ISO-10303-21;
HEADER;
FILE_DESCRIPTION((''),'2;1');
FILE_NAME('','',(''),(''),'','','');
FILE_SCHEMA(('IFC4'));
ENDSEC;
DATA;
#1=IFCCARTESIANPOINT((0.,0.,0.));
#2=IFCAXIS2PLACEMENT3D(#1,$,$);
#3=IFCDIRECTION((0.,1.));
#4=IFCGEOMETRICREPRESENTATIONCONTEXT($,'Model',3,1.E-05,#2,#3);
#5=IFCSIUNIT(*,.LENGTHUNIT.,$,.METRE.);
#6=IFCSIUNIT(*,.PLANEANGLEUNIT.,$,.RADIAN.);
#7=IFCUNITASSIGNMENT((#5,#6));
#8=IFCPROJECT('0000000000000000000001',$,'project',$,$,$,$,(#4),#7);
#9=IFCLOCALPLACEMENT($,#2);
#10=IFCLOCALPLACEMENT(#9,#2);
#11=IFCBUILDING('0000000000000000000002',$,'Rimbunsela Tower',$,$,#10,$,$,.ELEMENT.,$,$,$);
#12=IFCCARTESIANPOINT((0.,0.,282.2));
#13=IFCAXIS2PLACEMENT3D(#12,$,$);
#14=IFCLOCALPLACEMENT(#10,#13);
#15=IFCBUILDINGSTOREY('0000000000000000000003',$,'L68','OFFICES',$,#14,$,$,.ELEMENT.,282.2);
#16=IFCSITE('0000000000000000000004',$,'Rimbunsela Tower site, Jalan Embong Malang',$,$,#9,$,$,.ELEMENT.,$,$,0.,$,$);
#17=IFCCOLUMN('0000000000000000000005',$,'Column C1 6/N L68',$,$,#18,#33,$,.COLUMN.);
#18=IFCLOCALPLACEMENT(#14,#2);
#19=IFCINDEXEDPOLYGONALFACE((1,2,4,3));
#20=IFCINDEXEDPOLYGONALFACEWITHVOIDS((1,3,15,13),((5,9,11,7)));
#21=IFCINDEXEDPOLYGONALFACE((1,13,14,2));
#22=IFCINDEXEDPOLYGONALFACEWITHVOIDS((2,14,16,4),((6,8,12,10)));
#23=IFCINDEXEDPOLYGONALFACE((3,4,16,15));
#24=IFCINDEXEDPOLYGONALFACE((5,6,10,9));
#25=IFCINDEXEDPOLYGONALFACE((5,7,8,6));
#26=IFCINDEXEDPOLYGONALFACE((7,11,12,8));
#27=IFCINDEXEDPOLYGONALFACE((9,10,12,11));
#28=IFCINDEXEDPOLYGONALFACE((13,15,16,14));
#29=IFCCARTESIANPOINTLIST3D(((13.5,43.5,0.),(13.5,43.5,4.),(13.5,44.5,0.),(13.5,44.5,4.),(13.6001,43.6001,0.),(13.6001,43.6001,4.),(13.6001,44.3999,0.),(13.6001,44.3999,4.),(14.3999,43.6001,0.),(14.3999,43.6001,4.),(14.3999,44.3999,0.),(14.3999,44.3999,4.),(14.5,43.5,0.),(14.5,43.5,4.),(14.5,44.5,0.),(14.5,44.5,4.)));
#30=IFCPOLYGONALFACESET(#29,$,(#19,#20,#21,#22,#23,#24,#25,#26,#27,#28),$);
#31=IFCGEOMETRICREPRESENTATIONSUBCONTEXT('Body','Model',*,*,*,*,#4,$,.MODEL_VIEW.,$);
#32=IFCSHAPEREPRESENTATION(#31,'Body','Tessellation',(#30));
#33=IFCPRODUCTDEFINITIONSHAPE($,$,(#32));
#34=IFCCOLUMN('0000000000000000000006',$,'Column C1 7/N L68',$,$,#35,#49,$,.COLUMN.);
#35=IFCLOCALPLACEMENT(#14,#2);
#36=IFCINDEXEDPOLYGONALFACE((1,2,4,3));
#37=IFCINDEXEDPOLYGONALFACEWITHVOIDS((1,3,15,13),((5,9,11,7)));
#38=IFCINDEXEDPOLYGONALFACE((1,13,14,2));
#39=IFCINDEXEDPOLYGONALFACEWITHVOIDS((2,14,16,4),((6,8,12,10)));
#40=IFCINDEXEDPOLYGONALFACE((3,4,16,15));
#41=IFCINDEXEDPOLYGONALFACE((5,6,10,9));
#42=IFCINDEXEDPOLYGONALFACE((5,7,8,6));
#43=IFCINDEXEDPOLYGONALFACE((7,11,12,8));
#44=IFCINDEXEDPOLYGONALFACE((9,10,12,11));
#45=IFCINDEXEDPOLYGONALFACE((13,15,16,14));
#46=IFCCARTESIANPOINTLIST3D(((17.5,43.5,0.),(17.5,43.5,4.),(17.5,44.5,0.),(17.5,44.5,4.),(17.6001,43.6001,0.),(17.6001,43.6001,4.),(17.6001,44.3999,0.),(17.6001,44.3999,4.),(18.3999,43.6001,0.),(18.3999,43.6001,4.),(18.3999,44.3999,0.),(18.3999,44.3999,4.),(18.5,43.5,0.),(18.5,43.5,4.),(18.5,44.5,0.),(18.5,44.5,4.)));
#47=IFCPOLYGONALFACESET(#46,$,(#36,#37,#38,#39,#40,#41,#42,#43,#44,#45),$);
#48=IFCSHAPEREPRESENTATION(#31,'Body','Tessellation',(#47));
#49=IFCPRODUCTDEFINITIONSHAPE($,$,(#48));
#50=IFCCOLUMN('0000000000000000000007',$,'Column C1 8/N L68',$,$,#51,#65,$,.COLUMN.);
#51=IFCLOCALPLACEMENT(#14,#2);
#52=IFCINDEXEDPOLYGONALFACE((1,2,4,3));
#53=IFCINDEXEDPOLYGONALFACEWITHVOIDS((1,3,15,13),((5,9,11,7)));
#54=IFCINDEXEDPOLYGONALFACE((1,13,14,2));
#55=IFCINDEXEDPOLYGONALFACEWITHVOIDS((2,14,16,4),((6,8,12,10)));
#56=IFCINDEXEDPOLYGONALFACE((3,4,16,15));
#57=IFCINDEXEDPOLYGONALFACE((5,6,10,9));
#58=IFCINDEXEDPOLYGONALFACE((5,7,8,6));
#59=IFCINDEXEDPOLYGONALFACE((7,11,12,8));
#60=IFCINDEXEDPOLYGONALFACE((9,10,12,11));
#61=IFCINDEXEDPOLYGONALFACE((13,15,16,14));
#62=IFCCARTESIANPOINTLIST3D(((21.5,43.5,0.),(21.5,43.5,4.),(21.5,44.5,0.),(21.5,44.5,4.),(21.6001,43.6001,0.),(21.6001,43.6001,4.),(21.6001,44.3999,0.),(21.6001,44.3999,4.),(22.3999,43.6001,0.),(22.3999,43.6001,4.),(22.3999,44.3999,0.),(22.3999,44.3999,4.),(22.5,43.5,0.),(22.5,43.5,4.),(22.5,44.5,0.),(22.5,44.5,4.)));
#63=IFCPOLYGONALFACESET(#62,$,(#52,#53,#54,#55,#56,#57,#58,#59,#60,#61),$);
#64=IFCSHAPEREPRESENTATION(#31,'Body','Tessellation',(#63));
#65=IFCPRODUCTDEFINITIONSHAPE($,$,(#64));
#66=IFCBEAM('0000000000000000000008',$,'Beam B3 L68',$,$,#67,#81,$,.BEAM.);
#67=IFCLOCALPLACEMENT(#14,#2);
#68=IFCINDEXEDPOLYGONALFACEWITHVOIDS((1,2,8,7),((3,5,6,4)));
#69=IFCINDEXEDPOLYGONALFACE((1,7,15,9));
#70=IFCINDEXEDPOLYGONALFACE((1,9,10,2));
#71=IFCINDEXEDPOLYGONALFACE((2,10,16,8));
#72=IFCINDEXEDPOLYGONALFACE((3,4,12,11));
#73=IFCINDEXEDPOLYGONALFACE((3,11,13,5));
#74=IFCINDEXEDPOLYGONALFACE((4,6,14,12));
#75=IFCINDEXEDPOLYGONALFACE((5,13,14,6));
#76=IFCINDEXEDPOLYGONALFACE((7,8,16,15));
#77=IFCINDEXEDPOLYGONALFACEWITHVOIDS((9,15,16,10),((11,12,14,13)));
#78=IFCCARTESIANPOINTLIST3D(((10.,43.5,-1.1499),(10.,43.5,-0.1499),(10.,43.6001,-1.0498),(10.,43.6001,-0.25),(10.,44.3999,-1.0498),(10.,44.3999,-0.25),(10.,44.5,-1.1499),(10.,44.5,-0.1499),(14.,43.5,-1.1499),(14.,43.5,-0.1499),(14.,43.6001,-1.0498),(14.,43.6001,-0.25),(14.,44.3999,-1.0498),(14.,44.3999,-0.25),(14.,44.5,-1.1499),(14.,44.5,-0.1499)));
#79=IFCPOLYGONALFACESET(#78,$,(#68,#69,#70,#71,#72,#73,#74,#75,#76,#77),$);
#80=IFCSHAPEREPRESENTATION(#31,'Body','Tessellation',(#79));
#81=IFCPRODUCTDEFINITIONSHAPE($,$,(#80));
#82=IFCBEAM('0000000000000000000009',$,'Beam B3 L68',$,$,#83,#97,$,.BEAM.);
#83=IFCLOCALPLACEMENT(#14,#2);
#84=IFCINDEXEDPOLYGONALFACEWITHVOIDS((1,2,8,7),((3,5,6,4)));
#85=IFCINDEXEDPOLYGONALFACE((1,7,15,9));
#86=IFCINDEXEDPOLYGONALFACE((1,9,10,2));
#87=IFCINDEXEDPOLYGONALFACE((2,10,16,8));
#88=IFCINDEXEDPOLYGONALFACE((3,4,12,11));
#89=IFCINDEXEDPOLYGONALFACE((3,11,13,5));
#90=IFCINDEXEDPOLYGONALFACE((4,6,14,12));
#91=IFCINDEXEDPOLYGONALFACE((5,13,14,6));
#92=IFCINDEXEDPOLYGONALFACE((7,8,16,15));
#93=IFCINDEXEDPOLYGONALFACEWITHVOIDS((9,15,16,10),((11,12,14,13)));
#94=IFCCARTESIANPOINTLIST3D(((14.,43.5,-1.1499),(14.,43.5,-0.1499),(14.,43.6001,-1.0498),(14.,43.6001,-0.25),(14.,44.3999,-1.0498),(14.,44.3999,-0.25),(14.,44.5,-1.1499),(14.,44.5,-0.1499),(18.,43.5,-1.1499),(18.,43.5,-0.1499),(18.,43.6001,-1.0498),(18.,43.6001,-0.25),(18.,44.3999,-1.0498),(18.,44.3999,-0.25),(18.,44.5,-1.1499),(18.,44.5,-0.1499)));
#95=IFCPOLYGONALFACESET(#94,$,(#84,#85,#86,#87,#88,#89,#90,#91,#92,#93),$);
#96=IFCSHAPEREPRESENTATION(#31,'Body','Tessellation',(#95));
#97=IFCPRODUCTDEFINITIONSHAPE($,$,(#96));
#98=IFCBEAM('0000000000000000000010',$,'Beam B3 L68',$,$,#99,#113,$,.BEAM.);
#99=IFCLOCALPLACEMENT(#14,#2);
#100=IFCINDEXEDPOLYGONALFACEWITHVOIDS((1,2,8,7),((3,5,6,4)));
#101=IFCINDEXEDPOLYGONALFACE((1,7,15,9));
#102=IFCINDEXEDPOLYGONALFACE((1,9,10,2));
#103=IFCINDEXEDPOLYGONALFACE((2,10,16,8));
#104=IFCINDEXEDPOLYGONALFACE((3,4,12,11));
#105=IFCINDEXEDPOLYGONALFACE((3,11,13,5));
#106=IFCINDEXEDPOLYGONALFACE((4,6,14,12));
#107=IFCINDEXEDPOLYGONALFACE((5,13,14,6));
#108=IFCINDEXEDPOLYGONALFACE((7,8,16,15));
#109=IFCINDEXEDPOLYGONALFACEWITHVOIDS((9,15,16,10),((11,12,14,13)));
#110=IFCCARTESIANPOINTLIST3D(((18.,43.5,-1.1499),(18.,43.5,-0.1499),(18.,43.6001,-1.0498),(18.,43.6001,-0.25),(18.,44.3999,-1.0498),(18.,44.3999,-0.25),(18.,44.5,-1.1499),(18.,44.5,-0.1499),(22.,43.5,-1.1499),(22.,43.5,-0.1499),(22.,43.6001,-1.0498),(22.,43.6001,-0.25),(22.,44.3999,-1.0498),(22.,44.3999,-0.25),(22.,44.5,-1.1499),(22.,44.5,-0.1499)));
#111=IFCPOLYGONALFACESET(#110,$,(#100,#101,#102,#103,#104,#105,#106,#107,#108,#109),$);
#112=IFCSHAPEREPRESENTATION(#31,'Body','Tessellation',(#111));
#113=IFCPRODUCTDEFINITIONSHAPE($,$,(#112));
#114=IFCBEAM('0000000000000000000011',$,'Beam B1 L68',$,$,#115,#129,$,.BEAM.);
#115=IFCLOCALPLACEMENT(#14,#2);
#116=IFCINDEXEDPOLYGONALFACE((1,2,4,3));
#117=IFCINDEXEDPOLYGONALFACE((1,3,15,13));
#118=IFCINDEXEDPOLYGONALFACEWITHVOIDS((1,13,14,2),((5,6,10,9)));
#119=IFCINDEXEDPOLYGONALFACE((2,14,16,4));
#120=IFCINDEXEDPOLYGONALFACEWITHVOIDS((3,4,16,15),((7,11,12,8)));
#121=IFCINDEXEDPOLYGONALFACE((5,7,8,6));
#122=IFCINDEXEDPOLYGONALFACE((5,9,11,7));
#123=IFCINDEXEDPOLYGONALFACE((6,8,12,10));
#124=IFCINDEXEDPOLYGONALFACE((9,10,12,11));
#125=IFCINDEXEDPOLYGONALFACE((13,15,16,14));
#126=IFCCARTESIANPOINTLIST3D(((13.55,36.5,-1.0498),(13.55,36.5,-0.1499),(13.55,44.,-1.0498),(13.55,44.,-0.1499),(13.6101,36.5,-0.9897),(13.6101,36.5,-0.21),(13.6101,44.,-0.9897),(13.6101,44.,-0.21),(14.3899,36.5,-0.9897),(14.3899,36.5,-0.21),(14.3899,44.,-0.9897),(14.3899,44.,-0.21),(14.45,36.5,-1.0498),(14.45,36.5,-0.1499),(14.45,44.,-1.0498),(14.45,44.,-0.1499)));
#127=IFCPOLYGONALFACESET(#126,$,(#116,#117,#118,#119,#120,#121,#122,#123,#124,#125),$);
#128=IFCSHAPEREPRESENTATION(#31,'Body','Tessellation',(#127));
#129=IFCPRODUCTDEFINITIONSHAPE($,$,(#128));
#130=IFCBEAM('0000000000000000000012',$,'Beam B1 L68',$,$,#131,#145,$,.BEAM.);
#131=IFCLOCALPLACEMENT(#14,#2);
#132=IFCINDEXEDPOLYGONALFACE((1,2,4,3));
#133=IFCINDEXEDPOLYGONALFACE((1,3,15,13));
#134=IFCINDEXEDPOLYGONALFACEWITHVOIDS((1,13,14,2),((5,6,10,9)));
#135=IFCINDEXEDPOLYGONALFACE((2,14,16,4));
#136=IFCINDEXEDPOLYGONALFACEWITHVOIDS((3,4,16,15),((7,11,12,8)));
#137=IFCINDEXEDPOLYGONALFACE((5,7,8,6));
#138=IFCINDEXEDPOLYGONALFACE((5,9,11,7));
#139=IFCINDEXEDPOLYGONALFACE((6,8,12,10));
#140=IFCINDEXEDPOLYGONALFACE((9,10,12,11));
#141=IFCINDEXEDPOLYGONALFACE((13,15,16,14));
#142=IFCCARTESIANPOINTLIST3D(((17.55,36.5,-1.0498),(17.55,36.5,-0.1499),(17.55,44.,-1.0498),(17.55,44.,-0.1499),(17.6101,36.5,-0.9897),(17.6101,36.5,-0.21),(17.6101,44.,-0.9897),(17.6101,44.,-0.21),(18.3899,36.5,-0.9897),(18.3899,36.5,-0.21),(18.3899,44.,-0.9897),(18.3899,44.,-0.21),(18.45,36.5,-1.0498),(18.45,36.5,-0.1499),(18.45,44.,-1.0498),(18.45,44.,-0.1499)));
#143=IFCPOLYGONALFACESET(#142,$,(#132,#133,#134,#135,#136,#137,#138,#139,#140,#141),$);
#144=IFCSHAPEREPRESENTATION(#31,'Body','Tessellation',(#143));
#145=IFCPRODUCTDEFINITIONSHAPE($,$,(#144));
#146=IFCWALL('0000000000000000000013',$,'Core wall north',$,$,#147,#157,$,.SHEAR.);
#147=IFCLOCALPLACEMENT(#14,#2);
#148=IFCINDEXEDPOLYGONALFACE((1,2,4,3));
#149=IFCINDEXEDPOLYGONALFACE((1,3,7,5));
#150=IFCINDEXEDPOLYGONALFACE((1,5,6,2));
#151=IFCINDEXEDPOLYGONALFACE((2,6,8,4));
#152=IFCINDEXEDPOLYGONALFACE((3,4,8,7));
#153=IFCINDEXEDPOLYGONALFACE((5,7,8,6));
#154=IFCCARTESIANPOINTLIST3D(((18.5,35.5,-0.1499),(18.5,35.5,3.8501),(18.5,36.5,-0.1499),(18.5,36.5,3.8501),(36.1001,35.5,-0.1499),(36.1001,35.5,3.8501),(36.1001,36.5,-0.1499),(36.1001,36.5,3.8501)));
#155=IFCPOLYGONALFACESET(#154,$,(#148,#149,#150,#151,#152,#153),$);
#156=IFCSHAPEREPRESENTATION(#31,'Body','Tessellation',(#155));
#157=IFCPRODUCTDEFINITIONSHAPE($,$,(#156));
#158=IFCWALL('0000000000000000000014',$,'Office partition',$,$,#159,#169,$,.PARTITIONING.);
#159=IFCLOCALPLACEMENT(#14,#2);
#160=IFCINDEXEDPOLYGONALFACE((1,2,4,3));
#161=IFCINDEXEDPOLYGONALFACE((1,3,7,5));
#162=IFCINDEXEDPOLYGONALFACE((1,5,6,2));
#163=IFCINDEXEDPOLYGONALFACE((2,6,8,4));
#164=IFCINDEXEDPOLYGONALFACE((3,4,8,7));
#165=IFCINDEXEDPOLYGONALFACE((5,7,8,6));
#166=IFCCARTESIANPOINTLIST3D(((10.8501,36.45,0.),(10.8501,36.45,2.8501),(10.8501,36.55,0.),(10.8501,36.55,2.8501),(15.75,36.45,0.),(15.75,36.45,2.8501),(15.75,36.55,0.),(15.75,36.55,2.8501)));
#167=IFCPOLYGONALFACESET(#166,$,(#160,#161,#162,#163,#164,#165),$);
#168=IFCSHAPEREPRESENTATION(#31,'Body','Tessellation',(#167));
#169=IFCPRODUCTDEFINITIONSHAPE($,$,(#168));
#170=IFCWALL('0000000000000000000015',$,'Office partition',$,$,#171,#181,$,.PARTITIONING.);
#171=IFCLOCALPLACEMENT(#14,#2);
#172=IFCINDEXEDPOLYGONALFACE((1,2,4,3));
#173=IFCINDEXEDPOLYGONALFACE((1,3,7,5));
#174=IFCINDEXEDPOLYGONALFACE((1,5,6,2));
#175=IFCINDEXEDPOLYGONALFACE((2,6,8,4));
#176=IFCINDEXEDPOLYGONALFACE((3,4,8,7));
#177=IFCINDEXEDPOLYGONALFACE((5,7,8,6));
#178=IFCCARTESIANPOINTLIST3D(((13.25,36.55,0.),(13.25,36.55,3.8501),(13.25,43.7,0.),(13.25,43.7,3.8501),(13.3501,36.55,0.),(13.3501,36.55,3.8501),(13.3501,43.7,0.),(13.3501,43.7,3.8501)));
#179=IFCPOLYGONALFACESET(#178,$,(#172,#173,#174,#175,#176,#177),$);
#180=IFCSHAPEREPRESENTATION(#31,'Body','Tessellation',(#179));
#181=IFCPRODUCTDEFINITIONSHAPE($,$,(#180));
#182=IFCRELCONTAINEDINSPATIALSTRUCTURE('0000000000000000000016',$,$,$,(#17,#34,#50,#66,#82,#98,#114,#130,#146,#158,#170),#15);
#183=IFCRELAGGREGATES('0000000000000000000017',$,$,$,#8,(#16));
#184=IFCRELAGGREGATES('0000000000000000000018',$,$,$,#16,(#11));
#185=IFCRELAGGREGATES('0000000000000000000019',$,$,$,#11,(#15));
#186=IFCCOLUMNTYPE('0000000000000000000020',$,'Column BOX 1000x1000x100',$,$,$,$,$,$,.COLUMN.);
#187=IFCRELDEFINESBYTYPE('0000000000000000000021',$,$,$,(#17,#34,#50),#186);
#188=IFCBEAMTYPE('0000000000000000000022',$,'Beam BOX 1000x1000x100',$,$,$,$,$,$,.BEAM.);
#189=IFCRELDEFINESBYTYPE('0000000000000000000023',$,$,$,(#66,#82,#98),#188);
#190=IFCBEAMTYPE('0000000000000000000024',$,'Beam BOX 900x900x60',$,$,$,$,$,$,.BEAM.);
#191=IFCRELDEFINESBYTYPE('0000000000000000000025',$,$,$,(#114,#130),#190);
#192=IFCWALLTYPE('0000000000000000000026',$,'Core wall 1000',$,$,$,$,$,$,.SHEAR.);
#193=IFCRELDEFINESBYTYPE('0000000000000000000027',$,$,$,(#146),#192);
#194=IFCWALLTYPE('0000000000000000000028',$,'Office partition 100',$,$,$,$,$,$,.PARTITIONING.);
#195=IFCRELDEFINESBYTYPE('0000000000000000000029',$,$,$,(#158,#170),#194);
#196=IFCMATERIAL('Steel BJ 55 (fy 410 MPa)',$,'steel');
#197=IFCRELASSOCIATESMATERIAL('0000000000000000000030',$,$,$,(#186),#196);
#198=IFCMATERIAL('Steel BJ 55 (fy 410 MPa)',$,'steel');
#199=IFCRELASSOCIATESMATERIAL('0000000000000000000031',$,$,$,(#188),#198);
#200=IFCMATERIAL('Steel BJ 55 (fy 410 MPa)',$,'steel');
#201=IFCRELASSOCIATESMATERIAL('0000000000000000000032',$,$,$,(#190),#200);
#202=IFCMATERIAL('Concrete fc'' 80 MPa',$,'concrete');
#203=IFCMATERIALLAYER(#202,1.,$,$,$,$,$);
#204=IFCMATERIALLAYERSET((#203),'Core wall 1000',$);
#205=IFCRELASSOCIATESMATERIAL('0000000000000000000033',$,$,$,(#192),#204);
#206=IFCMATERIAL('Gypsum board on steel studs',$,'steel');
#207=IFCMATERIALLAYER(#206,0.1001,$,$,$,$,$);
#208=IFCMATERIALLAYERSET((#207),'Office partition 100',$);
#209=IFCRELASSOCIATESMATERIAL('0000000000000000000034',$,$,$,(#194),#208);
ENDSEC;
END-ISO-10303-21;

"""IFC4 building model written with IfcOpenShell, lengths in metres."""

from ifc_helpers import new_model, si_unit, direction, frame, frame_2d, origin, origin_2d, place, context, subcontext, project, spatial, rectangle, hollow_rectangle, extrude, material, layer, layer_set, material_profile, profile_set, type_object, element, save


model = new_model("IFC4")

# Units and contexts
model_context = context("Model", 3, precision=1e-05, world=origin(), true_north=direction((0.0, 1.0)))
body_context = subcontext(model_context, "Body", "Model", "MODEL_VIEW")
ifc_project = project(units=[si_unit("LENGTHUNIT", "METRE"), si_unit("PLANEANGLEUNIT", "RADIAN")], contexts=[model_context])

# Site, building, storey
site_placement = place(None, origin())
site = spatial("IfcSite", under=ifc_project, at=site_placement, Name="Rimbunsela Tower site, Jalan Embong Malang", CompositionType="ELEMENT", RefElevation=0.0)
building_placement = place(site_placement, origin())
building = spatial("IfcBuilding", under=site, at=building_placement, Name="Rimbunsela Tower", CompositionType="ELEMENT")
storey_placement = place(building_placement, frame((0.0, 0.0, 282.2)))
storey = spatial("IfcBuildingStorey", under=building, at=storey_placement, Name="L68", Description="OFFICES", CompositionType="ELEMENT", Elevation=282.2)

# Columns
ifc_material_1 = material(Name="Steel BJ 55 (fy 410 MPa)", Category="steel")
ifc_material_profile_1 = material_profile(ifc_material_1, hollow_rectangle(XDim=1.0, YDim=1.0, WallThickness=0.1001, at=origin_2d()), Name="BOX 1000x1000x100")
ifc_profile_set_1 = profile_set([ifc_material_profile_1], Name="Steel BJ 55 (fy 410 MPa)")
column_type = type_object("IfcColumnType", Name="Column BOX 1000x1000x100", PredefinedType="COLUMN", material=ifc_profile_set_1)
for number, where, z_axis, x_axis, name in (
    (1, (14.0, 44.0, 0.0), (0.0, 0.0, 1.0), (1.0, 0.0, 0.0), "Column C1 6/N L68"),
    (2, (18.0, 44.0, 0.0), (0.0, 0.0, 1.0), (1.0, 0.0, 0.0), "Column C1 7/N L68"),
    (3, (22.0, 44.0, 0.0), (0.0, 0.0, 1.0), (1.0, 0.0, 0.0), "Column C1 8/N L68"),
):
    element("IfcColumn", number, at=place(storey_placement, frame(where, z_axis=z_axis, x_axis=x_axis)), inside=storey, type_object=column_type, Name=name, PredefinedType="COLUMN", context=body_context, shape_type="SweptSolid", body=[
        extrude(hollow_rectangle(XDim=1.0, YDim=1.0, WallThickness=0.1001, at=origin_2d()), origin(), (0.0, 0.0, 1.0), 4.0),
    ])

# Beams
ifc_material_2 = material(Name="Steel BJ 55 (fy 410 MPa)", Category="steel")
ifc_material_profile_2 = material_profile(ifc_material_2, hollow_rectangle(XDim=1.0, YDim=1.0, WallThickness=0.1001, at=origin_2d()), Name="BOX 1000x1000x100")
ifc_profile_set_2 = profile_set([ifc_material_profile_2], Name="Steel BJ 55 (fy 410 MPa)")
beam_type_1 = type_object("IfcBeamType", Name="Beam BOX 1000x1000x100", PredefinedType="BEAM", material=ifc_profile_set_2)
for number, where, z_axis, x_axis, name in (
    (4, (10.0, 44.0, -0.6499), (1.0, 0.0, 0.0), (0.0, 1.0, 0.0), "Beam B3 L68"),
    (5, (14.0, 44.0, -0.6499), (1.0, 0.0, 0.0), (0.0, 1.0, 0.0), "Beam B3 L68"),
    (6, (18.0, 44.0, -0.6499), (1.0, 0.0, 0.0), (0.0, 1.0, 0.0), "Beam B3 L68"),
):
    element("IfcBeam", number, at=place(storey_placement, frame(where, z_axis=z_axis, x_axis=x_axis)), inside=storey, type_object=beam_type_1, Name=name, PredefinedType="BEAM", context=body_context, shape_type="SweptSolid", body=[
        extrude(hollow_rectangle(XDim=1.0, YDim=1.0, WallThickness=0.1001, at=origin_2d()), origin(), (0.0, 0.0, 1.0), 4.0),
    ])
ifc_material_3 = material(Name="Steel BJ 55 (fy 410 MPa)", Category="steel")
ifc_material_profile_3 = material_profile(ifc_material_3, hollow_rectangle(XDim=0.8999, YDim=0.8999, WallThickness=0.0601, at=origin_2d()), Name="BOX 900x900x60")
ifc_profile_set_3 = profile_set([ifc_material_profile_3], Name="Steel BJ 55 (fy 410 MPa)")
beam_type_2 = type_object("IfcBeamType", Name="Beam BOX 900x900x60", PredefinedType="BEAM", material=ifc_profile_set_3)
for number, where, z_axis, x_axis, name in (
    (7, (14.0, 36.5, -0.5999), (0.0, 1.0, 0.0), (-1.0, 0.0, 0.0), "Beam B1 L68"),
    (8, (18.0, 36.5, -0.5999), (0.0, 1.0, 0.0), (-1.0, 0.0, 0.0), "Beam B1 L68"),
):
    element("IfcBeam", number, at=place(storey_placement, frame(where, z_axis=z_axis, x_axis=x_axis)), inside=storey, type_object=beam_type_2, Name=name, PredefinedType="BEAM", context=body_context, shape_type="SweptSolid", body=[
        extrude(hollow_rectangle(XDim=0.8999, YDim=0.8999, WallThickness=0.0601, at=origin_2d()), origin(), (0.0, 0.0, 1.0), 7.5),
    ])

# Walls
ifc_material_4 = material(Name="Concrete fc' 80 MPa", Category="concrete")
ifc_layer_1 = layer(ifc_material_4, 1.0)
ifc_layer_set_1 = layer_set([ifc_layer_1], Name="Core wall 1000")
wall_type_1 = type_object("IfcWallType", Name="Core wall 1000", PredefinedType="SHEAR", material=ifc_layer_set_1)
wall_1_placement = place(storey_placement, frame((18.5, 36.0, -0.1499), z_axis=(0.0, 0.0, 1.0), x_axis=(1.0, 0.0, 0.0)))
element("IfcWall", 9, at=wall_1_placement, inside=storey, type_object=wall_type_1, Name="Core wall north", PredefinedType="SHEAR", context=body_context, shape_type="SweptSolid", body=[
    extrude(rectangle(XDim=17.6001, YDim=1.0, at=frame_2d((8.8, 0.0))), origin(), (0.0, 0.0, 1.0), 4.0),
])
ifc_material_5 = material(Name="Gypsum board on steel studs", Category="steel")
ifc_layer_2 = layer(ifc_material_5, 0.1001)
ifc_layer_set_2 = layer_set([ifc_layer_2], Name="Office partition 100")
wall_type_2 = type_object("IfcWallType", Name="Office partition 100", PredefinedType="PARTITIONING", material=ifc_layer_set_2)
wall_2_placement = place(storey_placement, frame((10.8501, 36.5, 0.0), z_axis=(0.0, 0.0, 1.0), x_axis=(1.0, 0.0, 0.0)))
element("IfcWall", 10, at=wall_2_placement, inside=storey, type_object=wall_type_2, Name="Office partition", PredefinedType="PARTITIONING", context=body_context, shape_type="SweptSolid", body=[
    extrude(rectangle(XDim=4.8999, YDim=0.1001, at=frame_2d((2.45, 0.0))), origin(), (0.0, 0.0, 1.0), 2.8501),
])
wall_3_placement = place(storey_placement, frame((13.3, 36.55, 0.0), z_axis=(0.0, 0.0, 1.0), x_axis=(0.0, 1.0, 0.0)))
element("IfcWall", 11, at=wall_3_placement, inside=storey, type_object=wall_type_2, Name="Office partition", PredefinedType="PARTITIONING", context=body_context, shape_type="SweptSolid", body=[
    extrude(rectangle(XDim=7.1499, YDim=0.1001, at=frame_2d((3.575, 0.0))), origin(), (0.0, 0.0, 1.0), 3.8501),
])

save(model, "model.ifc")
